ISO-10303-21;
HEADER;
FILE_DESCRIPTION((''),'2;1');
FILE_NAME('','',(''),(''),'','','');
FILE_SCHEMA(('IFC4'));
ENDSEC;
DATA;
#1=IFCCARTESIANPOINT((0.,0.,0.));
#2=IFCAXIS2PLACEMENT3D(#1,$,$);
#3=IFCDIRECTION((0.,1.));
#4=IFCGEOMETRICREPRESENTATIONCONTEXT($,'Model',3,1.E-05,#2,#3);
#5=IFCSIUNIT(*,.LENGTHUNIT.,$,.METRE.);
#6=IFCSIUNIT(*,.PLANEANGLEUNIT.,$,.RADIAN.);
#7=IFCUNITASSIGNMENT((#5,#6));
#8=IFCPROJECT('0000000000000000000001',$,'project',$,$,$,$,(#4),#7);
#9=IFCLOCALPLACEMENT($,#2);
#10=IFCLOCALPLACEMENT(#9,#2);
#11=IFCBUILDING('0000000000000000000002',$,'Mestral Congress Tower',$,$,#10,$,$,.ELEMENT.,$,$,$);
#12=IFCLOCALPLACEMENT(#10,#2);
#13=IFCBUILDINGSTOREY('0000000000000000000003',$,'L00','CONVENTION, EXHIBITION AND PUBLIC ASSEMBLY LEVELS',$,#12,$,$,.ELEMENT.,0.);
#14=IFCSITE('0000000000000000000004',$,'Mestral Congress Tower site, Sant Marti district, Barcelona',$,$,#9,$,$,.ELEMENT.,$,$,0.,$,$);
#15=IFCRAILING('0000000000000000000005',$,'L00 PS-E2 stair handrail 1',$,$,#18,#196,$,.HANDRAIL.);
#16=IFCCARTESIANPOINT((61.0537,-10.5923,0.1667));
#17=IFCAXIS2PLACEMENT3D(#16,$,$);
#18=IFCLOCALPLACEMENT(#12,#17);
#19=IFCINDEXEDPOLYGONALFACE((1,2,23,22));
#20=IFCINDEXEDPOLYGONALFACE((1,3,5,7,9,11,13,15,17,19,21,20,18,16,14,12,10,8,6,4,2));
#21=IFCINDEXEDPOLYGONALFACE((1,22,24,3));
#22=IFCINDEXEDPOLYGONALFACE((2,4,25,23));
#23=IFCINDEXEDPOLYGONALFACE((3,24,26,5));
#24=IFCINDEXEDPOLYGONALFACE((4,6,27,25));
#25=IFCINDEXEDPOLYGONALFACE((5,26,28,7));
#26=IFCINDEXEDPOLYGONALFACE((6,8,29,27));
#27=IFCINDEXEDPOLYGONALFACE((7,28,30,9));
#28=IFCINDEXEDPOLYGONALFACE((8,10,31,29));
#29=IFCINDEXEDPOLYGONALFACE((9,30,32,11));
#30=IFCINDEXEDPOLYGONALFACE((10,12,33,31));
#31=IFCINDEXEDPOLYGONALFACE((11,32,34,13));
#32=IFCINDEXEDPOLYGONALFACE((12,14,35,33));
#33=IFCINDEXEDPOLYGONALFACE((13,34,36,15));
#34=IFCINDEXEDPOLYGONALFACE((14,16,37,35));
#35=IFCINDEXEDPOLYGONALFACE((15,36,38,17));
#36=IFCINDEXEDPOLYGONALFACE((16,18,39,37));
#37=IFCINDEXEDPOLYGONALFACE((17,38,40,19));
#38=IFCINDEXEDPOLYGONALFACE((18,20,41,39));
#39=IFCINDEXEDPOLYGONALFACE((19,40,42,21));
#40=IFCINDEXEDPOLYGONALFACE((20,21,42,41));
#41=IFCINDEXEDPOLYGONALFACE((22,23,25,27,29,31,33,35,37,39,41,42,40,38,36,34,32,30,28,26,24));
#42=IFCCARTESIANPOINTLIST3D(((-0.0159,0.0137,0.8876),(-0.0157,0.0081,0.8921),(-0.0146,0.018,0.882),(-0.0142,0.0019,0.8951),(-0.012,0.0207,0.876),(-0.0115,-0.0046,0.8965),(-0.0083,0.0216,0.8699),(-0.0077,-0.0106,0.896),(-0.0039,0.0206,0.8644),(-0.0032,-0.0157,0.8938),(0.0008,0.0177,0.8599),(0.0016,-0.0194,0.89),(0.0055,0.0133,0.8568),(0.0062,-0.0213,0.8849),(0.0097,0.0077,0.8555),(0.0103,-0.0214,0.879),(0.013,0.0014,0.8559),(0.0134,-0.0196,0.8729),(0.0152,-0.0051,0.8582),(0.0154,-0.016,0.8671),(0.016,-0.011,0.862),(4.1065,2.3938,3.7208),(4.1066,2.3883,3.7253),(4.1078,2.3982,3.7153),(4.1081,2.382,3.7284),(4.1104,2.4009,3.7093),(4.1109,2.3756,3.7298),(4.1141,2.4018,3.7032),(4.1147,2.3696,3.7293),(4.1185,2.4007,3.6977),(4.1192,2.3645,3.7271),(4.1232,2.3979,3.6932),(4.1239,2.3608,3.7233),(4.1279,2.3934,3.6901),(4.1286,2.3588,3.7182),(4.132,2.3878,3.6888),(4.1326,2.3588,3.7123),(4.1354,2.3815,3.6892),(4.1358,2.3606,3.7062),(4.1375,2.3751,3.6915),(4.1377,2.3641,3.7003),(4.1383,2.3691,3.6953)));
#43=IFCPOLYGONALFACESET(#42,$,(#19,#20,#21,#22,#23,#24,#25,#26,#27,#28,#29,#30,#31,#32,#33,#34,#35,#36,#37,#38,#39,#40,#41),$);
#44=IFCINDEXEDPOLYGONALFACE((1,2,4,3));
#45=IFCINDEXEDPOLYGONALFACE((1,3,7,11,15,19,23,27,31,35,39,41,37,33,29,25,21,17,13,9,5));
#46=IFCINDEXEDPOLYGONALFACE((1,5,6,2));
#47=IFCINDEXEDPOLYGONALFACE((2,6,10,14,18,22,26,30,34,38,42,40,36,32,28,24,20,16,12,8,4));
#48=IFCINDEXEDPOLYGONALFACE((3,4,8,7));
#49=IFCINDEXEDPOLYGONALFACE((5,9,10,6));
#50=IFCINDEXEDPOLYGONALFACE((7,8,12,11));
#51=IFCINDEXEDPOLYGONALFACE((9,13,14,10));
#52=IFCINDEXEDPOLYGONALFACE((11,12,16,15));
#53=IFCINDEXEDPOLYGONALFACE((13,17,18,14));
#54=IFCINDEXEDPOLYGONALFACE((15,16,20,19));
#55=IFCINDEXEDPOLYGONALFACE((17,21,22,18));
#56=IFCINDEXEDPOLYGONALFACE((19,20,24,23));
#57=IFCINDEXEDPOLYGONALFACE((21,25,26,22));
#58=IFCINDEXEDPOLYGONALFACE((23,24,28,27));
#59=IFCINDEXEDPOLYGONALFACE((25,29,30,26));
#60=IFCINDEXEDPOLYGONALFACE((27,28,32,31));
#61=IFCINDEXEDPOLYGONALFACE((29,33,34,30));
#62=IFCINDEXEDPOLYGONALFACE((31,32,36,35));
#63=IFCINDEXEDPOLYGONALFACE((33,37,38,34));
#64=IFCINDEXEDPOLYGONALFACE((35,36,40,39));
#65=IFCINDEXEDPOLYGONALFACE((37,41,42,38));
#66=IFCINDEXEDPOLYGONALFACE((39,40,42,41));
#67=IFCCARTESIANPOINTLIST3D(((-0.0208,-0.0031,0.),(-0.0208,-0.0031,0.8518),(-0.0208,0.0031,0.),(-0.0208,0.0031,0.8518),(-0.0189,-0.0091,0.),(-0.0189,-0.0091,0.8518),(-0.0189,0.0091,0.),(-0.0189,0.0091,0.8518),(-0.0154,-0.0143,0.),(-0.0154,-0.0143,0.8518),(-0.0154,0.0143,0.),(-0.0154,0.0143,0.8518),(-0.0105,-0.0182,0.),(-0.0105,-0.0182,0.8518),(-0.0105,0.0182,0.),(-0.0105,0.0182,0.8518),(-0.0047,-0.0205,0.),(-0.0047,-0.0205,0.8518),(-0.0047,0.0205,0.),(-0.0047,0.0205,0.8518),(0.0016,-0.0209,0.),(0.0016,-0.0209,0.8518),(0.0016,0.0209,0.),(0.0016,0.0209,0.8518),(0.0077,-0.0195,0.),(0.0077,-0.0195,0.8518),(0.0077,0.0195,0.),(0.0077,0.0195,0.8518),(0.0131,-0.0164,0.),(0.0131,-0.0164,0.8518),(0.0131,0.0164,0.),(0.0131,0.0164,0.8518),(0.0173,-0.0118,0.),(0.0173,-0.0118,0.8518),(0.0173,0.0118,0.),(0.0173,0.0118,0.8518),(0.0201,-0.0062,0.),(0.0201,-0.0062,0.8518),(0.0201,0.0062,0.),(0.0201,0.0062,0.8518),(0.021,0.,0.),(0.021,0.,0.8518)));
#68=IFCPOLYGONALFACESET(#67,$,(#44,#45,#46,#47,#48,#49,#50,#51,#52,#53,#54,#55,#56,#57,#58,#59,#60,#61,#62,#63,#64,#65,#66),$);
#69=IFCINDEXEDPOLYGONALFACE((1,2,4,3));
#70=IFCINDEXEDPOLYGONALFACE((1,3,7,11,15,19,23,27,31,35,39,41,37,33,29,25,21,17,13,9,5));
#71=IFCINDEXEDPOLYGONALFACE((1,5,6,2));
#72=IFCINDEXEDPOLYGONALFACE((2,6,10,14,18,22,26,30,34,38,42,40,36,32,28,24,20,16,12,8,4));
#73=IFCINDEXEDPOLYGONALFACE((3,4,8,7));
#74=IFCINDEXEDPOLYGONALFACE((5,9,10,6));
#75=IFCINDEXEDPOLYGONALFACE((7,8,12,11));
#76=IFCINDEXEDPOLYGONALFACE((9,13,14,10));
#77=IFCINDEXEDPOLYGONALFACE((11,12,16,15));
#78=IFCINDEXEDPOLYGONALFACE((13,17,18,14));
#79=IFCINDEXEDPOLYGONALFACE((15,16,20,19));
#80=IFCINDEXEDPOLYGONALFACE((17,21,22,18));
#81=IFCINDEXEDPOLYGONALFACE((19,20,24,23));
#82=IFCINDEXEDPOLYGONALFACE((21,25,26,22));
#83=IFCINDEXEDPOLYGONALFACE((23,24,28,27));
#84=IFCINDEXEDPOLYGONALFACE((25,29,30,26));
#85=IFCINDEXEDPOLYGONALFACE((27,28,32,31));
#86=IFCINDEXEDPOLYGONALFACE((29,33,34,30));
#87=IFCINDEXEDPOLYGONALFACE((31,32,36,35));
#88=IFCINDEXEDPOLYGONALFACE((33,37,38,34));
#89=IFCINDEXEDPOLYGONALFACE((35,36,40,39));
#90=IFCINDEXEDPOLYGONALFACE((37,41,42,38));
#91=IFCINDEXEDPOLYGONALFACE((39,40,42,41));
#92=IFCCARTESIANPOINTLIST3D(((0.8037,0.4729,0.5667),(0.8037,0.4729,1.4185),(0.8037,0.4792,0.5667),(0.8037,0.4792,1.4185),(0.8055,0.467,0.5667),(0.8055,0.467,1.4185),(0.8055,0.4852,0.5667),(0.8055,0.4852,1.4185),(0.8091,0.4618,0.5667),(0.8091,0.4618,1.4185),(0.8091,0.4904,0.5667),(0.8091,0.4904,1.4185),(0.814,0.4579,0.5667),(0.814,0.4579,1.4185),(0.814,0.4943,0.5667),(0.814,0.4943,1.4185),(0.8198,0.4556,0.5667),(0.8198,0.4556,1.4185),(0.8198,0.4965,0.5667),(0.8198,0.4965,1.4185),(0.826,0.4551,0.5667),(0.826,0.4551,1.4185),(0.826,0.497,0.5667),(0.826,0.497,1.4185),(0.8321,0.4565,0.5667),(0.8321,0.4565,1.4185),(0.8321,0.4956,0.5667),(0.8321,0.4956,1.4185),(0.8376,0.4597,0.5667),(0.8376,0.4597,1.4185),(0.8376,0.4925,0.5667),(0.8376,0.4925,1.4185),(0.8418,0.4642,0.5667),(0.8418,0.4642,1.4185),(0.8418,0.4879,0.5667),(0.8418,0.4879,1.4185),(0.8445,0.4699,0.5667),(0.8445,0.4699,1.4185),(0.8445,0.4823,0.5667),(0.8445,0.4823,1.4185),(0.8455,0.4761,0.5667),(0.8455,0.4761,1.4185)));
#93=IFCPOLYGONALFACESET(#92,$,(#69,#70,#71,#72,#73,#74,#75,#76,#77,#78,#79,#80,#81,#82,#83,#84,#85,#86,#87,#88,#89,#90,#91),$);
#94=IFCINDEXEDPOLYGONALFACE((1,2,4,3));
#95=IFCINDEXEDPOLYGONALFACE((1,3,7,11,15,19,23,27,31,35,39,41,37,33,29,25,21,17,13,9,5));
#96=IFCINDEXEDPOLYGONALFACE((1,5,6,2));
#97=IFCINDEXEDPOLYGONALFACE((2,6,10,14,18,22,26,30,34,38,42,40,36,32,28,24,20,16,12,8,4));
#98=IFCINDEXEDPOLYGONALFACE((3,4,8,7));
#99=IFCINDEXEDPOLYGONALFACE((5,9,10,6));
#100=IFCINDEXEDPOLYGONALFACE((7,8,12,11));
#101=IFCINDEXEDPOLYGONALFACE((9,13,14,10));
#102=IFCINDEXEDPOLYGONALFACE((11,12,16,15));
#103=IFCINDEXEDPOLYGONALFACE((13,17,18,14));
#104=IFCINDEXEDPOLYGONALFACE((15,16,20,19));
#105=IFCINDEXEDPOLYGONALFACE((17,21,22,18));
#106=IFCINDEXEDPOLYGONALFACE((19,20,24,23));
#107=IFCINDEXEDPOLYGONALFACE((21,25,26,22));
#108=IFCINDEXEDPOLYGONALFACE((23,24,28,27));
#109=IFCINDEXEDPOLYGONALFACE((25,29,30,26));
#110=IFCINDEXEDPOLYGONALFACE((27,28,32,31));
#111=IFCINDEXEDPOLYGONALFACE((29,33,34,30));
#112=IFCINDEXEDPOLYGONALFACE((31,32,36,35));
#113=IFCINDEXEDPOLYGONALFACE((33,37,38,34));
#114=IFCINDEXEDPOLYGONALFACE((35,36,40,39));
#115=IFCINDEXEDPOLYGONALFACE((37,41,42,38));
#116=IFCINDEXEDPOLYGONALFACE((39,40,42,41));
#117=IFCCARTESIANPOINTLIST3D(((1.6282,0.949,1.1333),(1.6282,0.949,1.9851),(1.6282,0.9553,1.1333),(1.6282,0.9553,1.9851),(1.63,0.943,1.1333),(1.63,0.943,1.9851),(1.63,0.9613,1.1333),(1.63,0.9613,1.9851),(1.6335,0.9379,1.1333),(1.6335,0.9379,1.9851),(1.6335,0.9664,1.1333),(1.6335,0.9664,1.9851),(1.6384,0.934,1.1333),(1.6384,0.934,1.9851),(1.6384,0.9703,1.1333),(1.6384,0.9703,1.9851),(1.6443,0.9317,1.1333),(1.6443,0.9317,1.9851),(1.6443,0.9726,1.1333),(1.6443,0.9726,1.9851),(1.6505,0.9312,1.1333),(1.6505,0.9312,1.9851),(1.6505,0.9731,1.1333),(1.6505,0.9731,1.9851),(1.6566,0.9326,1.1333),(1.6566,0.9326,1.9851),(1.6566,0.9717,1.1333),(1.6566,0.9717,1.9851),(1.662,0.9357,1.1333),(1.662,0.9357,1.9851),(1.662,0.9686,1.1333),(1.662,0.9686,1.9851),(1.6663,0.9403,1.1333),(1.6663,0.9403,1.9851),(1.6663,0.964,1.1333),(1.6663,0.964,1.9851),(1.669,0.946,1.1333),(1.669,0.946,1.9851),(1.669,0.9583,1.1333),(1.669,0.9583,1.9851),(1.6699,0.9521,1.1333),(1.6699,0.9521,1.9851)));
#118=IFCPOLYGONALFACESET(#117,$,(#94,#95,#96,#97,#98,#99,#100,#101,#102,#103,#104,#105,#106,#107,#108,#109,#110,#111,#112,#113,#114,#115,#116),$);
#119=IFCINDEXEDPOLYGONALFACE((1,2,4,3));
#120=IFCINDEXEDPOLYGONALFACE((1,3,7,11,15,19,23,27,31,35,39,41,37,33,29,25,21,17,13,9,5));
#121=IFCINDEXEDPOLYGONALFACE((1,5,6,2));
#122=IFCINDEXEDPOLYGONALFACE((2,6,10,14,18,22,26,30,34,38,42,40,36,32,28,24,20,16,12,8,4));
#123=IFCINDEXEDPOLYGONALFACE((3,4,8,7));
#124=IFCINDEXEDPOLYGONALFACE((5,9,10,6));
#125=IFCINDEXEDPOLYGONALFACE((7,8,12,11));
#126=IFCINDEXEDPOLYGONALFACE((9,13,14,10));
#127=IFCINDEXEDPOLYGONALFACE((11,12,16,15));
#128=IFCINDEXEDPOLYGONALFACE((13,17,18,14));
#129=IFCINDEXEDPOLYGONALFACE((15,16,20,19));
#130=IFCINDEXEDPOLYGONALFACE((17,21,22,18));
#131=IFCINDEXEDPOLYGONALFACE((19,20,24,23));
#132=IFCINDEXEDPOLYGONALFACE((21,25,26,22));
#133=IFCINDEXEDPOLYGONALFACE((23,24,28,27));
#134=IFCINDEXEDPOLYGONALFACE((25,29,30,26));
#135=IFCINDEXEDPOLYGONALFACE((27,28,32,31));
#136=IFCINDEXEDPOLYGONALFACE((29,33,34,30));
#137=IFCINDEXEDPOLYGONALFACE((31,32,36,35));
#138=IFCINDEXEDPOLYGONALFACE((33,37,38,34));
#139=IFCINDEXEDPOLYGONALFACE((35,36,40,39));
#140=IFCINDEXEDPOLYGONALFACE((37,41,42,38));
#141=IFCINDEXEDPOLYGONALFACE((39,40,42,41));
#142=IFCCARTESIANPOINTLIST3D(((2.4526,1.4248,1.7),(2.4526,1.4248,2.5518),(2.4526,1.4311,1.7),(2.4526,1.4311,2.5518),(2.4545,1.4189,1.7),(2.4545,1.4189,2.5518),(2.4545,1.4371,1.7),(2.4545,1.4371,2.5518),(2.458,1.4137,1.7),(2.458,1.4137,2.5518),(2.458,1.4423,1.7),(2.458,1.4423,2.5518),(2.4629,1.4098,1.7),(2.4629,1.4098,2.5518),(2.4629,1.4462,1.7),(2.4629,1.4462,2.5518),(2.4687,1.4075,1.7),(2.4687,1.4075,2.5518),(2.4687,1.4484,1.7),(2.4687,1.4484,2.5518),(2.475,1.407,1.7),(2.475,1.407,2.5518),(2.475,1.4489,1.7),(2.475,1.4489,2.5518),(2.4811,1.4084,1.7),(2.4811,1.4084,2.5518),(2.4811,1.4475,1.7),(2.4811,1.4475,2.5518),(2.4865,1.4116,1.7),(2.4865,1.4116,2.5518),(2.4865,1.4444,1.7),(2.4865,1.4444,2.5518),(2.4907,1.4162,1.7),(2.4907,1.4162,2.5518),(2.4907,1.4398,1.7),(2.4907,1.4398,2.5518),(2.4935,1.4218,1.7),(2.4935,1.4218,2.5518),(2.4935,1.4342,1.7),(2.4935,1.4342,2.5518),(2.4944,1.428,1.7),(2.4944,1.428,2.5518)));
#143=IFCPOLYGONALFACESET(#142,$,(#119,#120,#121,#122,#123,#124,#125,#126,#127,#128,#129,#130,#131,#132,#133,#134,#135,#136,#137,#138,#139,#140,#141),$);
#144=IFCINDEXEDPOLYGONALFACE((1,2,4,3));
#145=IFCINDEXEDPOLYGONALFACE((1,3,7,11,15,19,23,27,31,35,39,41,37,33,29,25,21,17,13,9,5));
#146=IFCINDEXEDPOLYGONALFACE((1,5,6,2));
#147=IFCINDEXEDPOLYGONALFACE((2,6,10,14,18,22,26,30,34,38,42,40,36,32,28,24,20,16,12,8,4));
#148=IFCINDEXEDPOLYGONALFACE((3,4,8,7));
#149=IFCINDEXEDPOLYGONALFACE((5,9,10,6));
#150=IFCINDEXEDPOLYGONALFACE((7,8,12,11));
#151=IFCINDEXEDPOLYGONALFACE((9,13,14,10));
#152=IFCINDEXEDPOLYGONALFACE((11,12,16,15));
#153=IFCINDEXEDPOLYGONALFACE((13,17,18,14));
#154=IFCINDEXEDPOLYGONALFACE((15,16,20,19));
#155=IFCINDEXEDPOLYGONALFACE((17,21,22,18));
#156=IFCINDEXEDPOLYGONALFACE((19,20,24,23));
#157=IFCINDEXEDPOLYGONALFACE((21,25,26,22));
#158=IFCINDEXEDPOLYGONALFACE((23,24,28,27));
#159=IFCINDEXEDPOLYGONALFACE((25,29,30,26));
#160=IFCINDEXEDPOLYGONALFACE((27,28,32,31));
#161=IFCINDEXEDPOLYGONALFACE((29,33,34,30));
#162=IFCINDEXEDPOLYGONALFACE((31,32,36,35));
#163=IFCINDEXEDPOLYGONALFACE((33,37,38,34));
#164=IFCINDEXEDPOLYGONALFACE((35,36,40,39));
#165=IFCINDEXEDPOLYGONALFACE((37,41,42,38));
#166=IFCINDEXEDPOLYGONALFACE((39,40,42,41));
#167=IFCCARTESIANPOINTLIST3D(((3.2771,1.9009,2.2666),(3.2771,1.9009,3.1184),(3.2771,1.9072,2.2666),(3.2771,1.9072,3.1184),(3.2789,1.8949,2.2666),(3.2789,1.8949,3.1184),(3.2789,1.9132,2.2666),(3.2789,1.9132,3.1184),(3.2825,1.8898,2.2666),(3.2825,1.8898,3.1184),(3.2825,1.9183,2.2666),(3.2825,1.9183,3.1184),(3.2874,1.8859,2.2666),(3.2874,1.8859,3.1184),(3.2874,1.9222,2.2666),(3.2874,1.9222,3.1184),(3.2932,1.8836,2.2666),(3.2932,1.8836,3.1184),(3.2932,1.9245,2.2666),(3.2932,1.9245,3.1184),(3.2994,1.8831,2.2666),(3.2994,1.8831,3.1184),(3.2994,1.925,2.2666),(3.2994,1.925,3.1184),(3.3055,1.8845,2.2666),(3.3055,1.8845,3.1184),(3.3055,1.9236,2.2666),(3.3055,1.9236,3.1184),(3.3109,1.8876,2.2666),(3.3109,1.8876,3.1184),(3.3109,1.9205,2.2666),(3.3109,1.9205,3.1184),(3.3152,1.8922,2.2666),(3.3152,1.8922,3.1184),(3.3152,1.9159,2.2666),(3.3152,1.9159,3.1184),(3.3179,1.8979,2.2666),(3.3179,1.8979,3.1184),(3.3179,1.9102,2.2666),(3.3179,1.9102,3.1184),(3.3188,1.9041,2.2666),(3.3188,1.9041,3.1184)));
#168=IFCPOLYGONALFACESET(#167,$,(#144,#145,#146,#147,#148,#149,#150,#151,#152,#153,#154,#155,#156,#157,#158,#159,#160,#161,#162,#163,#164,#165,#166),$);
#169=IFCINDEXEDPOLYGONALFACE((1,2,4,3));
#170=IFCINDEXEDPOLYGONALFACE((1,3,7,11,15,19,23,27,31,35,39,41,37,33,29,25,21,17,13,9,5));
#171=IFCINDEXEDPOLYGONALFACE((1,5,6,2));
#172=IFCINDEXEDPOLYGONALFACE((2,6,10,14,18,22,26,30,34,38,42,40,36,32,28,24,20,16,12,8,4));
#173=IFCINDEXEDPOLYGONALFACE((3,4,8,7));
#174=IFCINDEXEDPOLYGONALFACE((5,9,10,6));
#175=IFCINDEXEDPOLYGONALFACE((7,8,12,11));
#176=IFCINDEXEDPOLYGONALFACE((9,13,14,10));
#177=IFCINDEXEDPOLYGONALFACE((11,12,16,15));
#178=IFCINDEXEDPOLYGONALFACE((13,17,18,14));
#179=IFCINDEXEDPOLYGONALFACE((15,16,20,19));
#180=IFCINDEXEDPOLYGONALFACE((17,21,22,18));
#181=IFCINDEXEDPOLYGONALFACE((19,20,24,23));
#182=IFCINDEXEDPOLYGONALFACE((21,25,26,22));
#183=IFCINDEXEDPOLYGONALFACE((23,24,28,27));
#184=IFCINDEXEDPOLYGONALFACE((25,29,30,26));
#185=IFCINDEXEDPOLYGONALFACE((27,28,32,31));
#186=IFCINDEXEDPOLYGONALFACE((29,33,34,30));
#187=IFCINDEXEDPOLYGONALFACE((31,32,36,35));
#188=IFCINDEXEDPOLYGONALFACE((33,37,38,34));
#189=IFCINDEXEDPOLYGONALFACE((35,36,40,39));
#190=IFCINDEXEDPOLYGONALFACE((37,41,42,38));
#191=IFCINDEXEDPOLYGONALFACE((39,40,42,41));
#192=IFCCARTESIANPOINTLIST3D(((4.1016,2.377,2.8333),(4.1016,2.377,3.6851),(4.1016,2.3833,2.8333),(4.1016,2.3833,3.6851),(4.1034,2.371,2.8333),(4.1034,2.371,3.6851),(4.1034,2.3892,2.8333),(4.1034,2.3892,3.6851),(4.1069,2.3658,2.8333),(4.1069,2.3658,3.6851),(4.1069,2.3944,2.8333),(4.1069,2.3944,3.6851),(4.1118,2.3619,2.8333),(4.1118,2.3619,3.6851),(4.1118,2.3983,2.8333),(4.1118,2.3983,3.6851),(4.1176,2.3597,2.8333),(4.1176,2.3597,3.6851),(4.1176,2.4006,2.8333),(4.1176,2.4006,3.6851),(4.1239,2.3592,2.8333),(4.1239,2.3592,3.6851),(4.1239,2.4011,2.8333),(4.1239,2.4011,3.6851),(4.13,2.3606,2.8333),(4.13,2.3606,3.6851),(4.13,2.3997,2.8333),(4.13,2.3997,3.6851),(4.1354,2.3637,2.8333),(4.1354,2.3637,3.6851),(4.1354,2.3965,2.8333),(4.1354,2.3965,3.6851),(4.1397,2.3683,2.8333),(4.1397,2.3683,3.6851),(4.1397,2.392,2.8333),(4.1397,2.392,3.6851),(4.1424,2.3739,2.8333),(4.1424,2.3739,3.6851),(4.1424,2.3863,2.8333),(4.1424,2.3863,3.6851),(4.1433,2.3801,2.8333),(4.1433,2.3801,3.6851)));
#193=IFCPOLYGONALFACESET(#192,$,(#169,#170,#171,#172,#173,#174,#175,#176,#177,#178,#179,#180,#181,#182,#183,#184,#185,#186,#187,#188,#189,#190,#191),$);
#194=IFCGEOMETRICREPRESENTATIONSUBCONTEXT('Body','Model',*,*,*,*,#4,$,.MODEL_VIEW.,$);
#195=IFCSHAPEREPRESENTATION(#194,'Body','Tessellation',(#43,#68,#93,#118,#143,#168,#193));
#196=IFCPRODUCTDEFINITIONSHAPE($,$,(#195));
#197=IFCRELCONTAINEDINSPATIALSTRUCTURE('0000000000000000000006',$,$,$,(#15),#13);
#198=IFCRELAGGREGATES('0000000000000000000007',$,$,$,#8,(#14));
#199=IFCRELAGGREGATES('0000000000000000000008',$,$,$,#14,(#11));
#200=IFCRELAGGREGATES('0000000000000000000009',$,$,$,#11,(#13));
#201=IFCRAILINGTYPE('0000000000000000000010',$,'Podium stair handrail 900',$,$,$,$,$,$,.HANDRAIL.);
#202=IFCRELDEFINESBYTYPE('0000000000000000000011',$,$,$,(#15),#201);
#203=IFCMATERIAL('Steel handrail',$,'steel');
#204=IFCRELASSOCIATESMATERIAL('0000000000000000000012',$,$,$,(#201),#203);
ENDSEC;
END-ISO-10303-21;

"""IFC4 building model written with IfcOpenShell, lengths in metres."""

from ifc_helpers import new_model, si_unit, direction, frame, origin, origin_2d, place, context, subcontext, project, spatial, circle, extrude, material, type_object, element, save


model = new_model("IFC4")

# Units and contexts
model_context = context("Model", 3, precision=1e-05, world=origin(), true_north=direction((0.0, 1.0)))
body_context = subcontext(model_context, "Body", "Model", "MODEL_VIEW")
ifc_project = project(units=[si_unit("LENGTHUNIT", "METRE"), si_unit("PLANEANGLEUNIT", "RADIAN")], contexts=[model_context])

# Site, building, storey
site_placement = place(None, origin())
site = spatial("IfcSite", under=ifc_project, at=site_placement, Name="Mestral Congress Tower site, Sant Marti district, Barcelona", CompositionType="ELEMENT", RefElevation=0.0)
building_placement = place(site_placement, origin())
building = spatial("IfcBuilding", under=site, at=building_placement, Name="Mestral Congress Tower", CompositionType="ELEMENT")
storey_placement = place(building_placement, origin())
storey = spatial("IfcBuildingStorey", under=building, at=storey_placement, Name="L00", Description="CONVENTION, EXHIBITION AND PUBLIC ASSEMBLY LEVELS", CompositionType="ELEMENT", Elevation=0.0)

# Railing
ifc_material_1 = material(Name="Steel handrail", Category="steel")
railing_type_1 = type_object("IfcRailingType", Name="Podium stair handrail 900", PredefinedType="HANDRAIL", material=ifc_material_1)
railing_1_placement = place(storey_placement, frame((61.0537, -10.5923, 0.1667)))
element("IfcRailing", 1, at=railing_1_placement, inside=storey, type_object=railing_type_1, Name="L00 PS-E2 stair handrail 1", PredefinedType="HANDRAIL", context=body_context, shape_type="SweptSolid", body=[
    extrude(circle(Radius=0.0239, at=origin_2d()), frame((0.0, 0.0, 0.876), z_axis=(0.74417, 0.429666, 0.511466), x_axis=(-0.500017, 0.866016, 0.0)), (0.0, 0.0, 1.0), 5.5396),
    extrude(circle(Radius=0.021, at=origin_2d()), origin(), (0.0, 0.0, 1.0), 0.8518),
    extrude(circle(Radius=0.021, at=origin_2d()), frame((0.8245, 0.4761, 0.5667)), (0.0, 0.0, 1.0), 0.8518),
    extrude(circle(Radius=0.021, at=origin_2d()), frame((1.6489, 0.9521, 1.1333)), (0.0, 0.0, 1.0), 0.8518),
    extrude(circle(Radius=0.021, at=origin_2d()), frame((2.4734, 1.428, 1.7)), (0.0, 0.0, 1.0), 0.8518),
    extrude(circle(Radius=0.021, at=origin_2d()), frame((3.2979, 1.9041, 2.2666)), (0.0, 0.0, 1.0), 0.8518),
    extrude(circle(Radius=0.021, at=origin_2d()), frame((4.1223, 2.3801, 2.8333)), (0.0, 0.0, 1.0), 0.8518),
])

save(model, "model.ifc")
